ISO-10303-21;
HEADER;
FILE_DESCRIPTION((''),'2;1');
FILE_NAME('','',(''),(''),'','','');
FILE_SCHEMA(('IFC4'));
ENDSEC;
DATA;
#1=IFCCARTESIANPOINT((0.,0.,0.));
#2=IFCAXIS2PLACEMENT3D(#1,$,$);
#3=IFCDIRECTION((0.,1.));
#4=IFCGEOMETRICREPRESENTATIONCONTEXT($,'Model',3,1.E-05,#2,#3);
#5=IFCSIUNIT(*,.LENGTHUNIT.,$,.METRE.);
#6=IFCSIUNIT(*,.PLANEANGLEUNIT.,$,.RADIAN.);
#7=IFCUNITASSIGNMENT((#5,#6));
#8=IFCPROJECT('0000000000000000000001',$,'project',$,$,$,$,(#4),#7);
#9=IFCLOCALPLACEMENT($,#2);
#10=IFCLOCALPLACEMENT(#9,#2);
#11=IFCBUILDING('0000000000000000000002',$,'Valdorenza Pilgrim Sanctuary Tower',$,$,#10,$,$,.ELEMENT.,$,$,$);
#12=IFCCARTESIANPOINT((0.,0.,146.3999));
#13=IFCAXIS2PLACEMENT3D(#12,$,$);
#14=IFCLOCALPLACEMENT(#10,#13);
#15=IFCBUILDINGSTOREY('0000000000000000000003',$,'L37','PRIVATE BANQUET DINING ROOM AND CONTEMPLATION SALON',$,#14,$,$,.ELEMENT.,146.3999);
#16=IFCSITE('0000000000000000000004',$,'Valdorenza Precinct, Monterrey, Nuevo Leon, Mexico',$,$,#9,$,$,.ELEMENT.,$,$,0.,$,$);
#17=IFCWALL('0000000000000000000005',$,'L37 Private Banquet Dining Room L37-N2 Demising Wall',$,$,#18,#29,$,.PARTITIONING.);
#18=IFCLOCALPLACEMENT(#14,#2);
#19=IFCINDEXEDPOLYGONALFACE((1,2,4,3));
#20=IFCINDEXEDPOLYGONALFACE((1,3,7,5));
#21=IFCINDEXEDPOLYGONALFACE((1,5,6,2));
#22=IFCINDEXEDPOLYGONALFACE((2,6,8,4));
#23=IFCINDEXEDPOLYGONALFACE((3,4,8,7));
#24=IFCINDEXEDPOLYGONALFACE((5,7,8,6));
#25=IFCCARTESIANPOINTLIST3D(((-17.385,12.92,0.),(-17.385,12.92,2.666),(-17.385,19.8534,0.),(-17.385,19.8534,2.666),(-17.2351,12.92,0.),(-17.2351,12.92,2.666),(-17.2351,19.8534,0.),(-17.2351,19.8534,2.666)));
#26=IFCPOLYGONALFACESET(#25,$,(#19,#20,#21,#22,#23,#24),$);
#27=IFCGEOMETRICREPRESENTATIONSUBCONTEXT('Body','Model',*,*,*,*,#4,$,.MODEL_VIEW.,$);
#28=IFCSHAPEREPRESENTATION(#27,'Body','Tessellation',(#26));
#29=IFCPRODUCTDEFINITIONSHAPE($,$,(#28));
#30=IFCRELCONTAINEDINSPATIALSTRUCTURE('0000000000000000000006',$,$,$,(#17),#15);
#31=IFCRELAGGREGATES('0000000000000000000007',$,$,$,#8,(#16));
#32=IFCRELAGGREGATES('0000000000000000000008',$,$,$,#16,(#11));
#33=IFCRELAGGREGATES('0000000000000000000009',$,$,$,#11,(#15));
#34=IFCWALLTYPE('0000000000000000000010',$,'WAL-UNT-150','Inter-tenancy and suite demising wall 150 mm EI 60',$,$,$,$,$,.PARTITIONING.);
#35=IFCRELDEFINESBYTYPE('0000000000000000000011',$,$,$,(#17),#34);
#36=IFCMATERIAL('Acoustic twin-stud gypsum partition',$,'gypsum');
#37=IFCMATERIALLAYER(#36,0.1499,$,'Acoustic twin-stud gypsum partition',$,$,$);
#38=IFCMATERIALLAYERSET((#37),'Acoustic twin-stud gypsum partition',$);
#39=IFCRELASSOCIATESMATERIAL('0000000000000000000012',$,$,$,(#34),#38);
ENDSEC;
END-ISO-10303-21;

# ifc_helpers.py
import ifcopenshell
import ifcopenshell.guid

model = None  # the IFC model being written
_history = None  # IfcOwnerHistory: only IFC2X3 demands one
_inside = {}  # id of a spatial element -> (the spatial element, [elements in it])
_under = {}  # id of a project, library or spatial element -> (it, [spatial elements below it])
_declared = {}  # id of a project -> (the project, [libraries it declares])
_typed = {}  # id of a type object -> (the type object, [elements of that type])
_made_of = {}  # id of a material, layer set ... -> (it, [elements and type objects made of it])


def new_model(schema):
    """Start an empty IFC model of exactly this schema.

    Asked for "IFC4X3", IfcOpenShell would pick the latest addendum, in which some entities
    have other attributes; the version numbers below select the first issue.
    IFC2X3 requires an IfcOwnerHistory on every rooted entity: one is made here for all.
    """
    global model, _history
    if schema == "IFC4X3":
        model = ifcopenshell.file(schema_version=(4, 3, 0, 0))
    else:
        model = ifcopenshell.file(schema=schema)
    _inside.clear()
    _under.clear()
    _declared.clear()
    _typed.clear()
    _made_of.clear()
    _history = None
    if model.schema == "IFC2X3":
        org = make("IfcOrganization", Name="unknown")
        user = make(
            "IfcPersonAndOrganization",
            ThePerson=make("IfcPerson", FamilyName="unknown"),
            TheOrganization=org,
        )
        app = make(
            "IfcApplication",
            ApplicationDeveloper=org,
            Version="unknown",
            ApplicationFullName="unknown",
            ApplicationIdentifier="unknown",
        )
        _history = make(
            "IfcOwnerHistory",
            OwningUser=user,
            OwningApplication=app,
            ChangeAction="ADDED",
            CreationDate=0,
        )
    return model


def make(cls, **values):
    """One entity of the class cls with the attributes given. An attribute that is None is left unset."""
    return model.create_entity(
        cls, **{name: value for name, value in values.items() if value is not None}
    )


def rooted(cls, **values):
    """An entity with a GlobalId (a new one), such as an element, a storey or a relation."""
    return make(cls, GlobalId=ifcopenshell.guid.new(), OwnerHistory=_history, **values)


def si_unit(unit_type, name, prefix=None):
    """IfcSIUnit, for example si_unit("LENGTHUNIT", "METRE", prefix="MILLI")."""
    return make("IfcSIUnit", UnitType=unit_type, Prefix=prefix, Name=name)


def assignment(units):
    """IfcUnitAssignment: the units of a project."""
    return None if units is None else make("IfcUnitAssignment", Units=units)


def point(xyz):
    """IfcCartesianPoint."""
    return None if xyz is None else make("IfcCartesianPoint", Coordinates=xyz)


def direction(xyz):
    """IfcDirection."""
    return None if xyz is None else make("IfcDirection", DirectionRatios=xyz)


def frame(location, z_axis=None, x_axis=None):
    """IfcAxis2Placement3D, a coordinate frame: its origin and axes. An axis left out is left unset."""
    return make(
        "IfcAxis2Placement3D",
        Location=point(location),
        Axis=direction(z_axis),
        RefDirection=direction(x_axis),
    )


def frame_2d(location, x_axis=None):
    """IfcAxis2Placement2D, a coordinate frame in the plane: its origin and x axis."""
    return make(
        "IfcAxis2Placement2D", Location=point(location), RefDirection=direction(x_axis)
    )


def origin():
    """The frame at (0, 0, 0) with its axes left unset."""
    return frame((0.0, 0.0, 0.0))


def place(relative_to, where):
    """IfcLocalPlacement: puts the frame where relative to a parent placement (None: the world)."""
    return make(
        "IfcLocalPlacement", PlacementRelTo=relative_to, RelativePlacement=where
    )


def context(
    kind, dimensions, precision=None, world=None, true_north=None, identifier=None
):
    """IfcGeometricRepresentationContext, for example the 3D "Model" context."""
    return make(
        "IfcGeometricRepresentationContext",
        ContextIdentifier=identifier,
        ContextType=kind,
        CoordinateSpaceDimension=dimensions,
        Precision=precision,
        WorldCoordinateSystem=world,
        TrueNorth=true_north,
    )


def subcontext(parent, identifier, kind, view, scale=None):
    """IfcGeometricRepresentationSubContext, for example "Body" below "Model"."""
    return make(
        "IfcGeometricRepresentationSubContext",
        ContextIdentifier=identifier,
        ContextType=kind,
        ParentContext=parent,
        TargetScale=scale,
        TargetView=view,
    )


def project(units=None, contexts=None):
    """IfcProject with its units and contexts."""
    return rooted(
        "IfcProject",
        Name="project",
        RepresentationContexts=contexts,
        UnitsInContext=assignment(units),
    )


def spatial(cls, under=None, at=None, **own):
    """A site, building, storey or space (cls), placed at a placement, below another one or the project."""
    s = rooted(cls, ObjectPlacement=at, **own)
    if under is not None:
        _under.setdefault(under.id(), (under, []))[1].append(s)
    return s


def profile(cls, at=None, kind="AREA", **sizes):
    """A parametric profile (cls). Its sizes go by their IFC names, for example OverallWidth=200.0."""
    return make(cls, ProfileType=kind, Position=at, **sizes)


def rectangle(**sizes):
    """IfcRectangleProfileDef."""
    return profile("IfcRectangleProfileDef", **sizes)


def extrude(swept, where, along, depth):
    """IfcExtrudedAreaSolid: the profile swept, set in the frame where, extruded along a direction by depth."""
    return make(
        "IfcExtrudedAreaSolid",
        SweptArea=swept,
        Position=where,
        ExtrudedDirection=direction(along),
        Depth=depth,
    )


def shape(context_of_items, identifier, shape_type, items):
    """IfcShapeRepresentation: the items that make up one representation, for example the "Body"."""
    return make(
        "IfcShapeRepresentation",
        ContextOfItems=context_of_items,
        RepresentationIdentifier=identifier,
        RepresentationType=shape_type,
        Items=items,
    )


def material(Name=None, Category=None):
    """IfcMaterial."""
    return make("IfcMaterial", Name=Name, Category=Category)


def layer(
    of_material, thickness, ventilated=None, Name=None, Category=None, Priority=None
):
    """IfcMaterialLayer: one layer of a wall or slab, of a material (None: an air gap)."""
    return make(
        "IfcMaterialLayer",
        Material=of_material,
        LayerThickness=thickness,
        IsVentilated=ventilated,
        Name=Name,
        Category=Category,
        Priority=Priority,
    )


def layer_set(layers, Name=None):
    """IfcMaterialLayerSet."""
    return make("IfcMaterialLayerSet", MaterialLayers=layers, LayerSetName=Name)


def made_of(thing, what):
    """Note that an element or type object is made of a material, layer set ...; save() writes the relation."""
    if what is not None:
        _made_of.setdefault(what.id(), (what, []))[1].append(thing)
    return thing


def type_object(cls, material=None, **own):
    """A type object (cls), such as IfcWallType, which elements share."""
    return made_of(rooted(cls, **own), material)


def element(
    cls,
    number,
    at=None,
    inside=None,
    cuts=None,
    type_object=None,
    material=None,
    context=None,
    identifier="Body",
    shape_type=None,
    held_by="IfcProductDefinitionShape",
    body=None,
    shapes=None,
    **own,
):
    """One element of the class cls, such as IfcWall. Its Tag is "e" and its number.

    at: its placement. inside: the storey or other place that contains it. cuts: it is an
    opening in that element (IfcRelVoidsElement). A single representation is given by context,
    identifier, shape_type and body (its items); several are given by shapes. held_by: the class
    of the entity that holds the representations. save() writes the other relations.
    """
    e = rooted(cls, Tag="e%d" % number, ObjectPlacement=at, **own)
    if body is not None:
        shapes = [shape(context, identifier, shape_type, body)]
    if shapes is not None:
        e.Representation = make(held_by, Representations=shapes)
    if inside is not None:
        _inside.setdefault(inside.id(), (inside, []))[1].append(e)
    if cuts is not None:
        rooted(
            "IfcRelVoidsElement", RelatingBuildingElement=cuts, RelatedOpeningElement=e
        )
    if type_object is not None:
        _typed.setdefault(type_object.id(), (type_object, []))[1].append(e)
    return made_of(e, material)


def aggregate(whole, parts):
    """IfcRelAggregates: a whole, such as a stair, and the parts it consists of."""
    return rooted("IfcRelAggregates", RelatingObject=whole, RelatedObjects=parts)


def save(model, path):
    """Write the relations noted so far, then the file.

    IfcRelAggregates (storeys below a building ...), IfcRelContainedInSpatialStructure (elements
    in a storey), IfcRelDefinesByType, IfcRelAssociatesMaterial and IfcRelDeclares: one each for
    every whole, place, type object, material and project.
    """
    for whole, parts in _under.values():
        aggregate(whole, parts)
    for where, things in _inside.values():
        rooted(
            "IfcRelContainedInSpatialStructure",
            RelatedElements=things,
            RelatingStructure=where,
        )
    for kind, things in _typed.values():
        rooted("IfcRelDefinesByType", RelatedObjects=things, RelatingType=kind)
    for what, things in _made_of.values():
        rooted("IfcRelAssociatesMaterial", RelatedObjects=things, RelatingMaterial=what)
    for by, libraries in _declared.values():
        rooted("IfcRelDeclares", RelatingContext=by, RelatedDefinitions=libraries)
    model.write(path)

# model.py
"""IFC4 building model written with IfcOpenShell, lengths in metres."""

from ifc_helpers import new_model, si_unit, direction, frame, frame_2d, origin, place, context, subcontext, project, spatial, rectangle, extrude, material, layer, layer_set, type_object, element, save


model = new_model("IFC4")

# Units and contexts
model_context = context("Model", 3, precision=1e-05, world=origin(), true_north=direction((0.0, 1.0)))
body_context = subcontext(model_context, "Body", "Model", "MODEL_VIEW")
ifc_project = project(units=[si_unit("LENGTHUNIT", "METRE"), si_unit("PLANEANGLEUNIT", "RADIAN")], contexts=[model_context])

# Site, building, storey
site_placement = place(None, origin())
site = spatial("IfcSite", under=ifc_project, at=site_placement, Name="Valdorenza Precinct, Monterrey, Nuevo Leon, Mexico", CompositionType="ELEMENT", RefElevation=0.0)
building_placement = place(site_placement, origin())
building = spatial("IfcBuilding", under=site, at=building_placement, Name="Valdorenza Pilgrim Sanctuary Tower", CompositionType="ELEMENT")
storey_placement = place(building_placement, frame((0.0, 0.0, 146.3999)))
storey = spatial("IfcBuildingStorey", under=building, at=storey_placement, Name="L37", Description="PRIVATE BANQUET DINING ROOM AND CONTEMPLATION SALON", CompositionType="ELEMENT", Elevation=146.3999)

# Shared definitions
ifc_material_1 = material(Name="Acoustic twin-stud gypsum partition", Category="gypsum")

# Wall
ifc_layer_1 = layer(ifc_material_1, 0.1499, Name="Acoustic twin-stud gypsum partition")
ifc_layer_set_1 = layer_set([ifc_layer_1], Name="Acoustic twin-stud gypsum partition")
wall_type_1 = type_object("IfcWallType", Name="WAL-UNT-150", Description="Inter-tenancy and suite demising wall 150 mm EI 60", PredefinedType="PARTITIONING", material=ifc_layer_set_1)
wall_1_placement = place(storey_placement, frame((-17.3101, 12.9199, 0.0), z_axis=(0.0, 0.0, 1.0), x_axis=(0.0, 1.0, 0.0)))
element("IfcWall", 1, at=wall_1_placement, inside=storey, type_object=wall_type_1, Name="L37 Private Banquet Dining Room L37-N2 Demising Wall", PredefinedType="PARTITIONING", context=body_context, shape_type="SweptSolid", body=[
    extrude(rectangle(XDim=6.9333, YDim=0.1499, at=frame_2d((3.4668, 0.0))), origin(), (0.0, 0.0, 1.0), 2.666),
])

save(model, "model.ifc")
